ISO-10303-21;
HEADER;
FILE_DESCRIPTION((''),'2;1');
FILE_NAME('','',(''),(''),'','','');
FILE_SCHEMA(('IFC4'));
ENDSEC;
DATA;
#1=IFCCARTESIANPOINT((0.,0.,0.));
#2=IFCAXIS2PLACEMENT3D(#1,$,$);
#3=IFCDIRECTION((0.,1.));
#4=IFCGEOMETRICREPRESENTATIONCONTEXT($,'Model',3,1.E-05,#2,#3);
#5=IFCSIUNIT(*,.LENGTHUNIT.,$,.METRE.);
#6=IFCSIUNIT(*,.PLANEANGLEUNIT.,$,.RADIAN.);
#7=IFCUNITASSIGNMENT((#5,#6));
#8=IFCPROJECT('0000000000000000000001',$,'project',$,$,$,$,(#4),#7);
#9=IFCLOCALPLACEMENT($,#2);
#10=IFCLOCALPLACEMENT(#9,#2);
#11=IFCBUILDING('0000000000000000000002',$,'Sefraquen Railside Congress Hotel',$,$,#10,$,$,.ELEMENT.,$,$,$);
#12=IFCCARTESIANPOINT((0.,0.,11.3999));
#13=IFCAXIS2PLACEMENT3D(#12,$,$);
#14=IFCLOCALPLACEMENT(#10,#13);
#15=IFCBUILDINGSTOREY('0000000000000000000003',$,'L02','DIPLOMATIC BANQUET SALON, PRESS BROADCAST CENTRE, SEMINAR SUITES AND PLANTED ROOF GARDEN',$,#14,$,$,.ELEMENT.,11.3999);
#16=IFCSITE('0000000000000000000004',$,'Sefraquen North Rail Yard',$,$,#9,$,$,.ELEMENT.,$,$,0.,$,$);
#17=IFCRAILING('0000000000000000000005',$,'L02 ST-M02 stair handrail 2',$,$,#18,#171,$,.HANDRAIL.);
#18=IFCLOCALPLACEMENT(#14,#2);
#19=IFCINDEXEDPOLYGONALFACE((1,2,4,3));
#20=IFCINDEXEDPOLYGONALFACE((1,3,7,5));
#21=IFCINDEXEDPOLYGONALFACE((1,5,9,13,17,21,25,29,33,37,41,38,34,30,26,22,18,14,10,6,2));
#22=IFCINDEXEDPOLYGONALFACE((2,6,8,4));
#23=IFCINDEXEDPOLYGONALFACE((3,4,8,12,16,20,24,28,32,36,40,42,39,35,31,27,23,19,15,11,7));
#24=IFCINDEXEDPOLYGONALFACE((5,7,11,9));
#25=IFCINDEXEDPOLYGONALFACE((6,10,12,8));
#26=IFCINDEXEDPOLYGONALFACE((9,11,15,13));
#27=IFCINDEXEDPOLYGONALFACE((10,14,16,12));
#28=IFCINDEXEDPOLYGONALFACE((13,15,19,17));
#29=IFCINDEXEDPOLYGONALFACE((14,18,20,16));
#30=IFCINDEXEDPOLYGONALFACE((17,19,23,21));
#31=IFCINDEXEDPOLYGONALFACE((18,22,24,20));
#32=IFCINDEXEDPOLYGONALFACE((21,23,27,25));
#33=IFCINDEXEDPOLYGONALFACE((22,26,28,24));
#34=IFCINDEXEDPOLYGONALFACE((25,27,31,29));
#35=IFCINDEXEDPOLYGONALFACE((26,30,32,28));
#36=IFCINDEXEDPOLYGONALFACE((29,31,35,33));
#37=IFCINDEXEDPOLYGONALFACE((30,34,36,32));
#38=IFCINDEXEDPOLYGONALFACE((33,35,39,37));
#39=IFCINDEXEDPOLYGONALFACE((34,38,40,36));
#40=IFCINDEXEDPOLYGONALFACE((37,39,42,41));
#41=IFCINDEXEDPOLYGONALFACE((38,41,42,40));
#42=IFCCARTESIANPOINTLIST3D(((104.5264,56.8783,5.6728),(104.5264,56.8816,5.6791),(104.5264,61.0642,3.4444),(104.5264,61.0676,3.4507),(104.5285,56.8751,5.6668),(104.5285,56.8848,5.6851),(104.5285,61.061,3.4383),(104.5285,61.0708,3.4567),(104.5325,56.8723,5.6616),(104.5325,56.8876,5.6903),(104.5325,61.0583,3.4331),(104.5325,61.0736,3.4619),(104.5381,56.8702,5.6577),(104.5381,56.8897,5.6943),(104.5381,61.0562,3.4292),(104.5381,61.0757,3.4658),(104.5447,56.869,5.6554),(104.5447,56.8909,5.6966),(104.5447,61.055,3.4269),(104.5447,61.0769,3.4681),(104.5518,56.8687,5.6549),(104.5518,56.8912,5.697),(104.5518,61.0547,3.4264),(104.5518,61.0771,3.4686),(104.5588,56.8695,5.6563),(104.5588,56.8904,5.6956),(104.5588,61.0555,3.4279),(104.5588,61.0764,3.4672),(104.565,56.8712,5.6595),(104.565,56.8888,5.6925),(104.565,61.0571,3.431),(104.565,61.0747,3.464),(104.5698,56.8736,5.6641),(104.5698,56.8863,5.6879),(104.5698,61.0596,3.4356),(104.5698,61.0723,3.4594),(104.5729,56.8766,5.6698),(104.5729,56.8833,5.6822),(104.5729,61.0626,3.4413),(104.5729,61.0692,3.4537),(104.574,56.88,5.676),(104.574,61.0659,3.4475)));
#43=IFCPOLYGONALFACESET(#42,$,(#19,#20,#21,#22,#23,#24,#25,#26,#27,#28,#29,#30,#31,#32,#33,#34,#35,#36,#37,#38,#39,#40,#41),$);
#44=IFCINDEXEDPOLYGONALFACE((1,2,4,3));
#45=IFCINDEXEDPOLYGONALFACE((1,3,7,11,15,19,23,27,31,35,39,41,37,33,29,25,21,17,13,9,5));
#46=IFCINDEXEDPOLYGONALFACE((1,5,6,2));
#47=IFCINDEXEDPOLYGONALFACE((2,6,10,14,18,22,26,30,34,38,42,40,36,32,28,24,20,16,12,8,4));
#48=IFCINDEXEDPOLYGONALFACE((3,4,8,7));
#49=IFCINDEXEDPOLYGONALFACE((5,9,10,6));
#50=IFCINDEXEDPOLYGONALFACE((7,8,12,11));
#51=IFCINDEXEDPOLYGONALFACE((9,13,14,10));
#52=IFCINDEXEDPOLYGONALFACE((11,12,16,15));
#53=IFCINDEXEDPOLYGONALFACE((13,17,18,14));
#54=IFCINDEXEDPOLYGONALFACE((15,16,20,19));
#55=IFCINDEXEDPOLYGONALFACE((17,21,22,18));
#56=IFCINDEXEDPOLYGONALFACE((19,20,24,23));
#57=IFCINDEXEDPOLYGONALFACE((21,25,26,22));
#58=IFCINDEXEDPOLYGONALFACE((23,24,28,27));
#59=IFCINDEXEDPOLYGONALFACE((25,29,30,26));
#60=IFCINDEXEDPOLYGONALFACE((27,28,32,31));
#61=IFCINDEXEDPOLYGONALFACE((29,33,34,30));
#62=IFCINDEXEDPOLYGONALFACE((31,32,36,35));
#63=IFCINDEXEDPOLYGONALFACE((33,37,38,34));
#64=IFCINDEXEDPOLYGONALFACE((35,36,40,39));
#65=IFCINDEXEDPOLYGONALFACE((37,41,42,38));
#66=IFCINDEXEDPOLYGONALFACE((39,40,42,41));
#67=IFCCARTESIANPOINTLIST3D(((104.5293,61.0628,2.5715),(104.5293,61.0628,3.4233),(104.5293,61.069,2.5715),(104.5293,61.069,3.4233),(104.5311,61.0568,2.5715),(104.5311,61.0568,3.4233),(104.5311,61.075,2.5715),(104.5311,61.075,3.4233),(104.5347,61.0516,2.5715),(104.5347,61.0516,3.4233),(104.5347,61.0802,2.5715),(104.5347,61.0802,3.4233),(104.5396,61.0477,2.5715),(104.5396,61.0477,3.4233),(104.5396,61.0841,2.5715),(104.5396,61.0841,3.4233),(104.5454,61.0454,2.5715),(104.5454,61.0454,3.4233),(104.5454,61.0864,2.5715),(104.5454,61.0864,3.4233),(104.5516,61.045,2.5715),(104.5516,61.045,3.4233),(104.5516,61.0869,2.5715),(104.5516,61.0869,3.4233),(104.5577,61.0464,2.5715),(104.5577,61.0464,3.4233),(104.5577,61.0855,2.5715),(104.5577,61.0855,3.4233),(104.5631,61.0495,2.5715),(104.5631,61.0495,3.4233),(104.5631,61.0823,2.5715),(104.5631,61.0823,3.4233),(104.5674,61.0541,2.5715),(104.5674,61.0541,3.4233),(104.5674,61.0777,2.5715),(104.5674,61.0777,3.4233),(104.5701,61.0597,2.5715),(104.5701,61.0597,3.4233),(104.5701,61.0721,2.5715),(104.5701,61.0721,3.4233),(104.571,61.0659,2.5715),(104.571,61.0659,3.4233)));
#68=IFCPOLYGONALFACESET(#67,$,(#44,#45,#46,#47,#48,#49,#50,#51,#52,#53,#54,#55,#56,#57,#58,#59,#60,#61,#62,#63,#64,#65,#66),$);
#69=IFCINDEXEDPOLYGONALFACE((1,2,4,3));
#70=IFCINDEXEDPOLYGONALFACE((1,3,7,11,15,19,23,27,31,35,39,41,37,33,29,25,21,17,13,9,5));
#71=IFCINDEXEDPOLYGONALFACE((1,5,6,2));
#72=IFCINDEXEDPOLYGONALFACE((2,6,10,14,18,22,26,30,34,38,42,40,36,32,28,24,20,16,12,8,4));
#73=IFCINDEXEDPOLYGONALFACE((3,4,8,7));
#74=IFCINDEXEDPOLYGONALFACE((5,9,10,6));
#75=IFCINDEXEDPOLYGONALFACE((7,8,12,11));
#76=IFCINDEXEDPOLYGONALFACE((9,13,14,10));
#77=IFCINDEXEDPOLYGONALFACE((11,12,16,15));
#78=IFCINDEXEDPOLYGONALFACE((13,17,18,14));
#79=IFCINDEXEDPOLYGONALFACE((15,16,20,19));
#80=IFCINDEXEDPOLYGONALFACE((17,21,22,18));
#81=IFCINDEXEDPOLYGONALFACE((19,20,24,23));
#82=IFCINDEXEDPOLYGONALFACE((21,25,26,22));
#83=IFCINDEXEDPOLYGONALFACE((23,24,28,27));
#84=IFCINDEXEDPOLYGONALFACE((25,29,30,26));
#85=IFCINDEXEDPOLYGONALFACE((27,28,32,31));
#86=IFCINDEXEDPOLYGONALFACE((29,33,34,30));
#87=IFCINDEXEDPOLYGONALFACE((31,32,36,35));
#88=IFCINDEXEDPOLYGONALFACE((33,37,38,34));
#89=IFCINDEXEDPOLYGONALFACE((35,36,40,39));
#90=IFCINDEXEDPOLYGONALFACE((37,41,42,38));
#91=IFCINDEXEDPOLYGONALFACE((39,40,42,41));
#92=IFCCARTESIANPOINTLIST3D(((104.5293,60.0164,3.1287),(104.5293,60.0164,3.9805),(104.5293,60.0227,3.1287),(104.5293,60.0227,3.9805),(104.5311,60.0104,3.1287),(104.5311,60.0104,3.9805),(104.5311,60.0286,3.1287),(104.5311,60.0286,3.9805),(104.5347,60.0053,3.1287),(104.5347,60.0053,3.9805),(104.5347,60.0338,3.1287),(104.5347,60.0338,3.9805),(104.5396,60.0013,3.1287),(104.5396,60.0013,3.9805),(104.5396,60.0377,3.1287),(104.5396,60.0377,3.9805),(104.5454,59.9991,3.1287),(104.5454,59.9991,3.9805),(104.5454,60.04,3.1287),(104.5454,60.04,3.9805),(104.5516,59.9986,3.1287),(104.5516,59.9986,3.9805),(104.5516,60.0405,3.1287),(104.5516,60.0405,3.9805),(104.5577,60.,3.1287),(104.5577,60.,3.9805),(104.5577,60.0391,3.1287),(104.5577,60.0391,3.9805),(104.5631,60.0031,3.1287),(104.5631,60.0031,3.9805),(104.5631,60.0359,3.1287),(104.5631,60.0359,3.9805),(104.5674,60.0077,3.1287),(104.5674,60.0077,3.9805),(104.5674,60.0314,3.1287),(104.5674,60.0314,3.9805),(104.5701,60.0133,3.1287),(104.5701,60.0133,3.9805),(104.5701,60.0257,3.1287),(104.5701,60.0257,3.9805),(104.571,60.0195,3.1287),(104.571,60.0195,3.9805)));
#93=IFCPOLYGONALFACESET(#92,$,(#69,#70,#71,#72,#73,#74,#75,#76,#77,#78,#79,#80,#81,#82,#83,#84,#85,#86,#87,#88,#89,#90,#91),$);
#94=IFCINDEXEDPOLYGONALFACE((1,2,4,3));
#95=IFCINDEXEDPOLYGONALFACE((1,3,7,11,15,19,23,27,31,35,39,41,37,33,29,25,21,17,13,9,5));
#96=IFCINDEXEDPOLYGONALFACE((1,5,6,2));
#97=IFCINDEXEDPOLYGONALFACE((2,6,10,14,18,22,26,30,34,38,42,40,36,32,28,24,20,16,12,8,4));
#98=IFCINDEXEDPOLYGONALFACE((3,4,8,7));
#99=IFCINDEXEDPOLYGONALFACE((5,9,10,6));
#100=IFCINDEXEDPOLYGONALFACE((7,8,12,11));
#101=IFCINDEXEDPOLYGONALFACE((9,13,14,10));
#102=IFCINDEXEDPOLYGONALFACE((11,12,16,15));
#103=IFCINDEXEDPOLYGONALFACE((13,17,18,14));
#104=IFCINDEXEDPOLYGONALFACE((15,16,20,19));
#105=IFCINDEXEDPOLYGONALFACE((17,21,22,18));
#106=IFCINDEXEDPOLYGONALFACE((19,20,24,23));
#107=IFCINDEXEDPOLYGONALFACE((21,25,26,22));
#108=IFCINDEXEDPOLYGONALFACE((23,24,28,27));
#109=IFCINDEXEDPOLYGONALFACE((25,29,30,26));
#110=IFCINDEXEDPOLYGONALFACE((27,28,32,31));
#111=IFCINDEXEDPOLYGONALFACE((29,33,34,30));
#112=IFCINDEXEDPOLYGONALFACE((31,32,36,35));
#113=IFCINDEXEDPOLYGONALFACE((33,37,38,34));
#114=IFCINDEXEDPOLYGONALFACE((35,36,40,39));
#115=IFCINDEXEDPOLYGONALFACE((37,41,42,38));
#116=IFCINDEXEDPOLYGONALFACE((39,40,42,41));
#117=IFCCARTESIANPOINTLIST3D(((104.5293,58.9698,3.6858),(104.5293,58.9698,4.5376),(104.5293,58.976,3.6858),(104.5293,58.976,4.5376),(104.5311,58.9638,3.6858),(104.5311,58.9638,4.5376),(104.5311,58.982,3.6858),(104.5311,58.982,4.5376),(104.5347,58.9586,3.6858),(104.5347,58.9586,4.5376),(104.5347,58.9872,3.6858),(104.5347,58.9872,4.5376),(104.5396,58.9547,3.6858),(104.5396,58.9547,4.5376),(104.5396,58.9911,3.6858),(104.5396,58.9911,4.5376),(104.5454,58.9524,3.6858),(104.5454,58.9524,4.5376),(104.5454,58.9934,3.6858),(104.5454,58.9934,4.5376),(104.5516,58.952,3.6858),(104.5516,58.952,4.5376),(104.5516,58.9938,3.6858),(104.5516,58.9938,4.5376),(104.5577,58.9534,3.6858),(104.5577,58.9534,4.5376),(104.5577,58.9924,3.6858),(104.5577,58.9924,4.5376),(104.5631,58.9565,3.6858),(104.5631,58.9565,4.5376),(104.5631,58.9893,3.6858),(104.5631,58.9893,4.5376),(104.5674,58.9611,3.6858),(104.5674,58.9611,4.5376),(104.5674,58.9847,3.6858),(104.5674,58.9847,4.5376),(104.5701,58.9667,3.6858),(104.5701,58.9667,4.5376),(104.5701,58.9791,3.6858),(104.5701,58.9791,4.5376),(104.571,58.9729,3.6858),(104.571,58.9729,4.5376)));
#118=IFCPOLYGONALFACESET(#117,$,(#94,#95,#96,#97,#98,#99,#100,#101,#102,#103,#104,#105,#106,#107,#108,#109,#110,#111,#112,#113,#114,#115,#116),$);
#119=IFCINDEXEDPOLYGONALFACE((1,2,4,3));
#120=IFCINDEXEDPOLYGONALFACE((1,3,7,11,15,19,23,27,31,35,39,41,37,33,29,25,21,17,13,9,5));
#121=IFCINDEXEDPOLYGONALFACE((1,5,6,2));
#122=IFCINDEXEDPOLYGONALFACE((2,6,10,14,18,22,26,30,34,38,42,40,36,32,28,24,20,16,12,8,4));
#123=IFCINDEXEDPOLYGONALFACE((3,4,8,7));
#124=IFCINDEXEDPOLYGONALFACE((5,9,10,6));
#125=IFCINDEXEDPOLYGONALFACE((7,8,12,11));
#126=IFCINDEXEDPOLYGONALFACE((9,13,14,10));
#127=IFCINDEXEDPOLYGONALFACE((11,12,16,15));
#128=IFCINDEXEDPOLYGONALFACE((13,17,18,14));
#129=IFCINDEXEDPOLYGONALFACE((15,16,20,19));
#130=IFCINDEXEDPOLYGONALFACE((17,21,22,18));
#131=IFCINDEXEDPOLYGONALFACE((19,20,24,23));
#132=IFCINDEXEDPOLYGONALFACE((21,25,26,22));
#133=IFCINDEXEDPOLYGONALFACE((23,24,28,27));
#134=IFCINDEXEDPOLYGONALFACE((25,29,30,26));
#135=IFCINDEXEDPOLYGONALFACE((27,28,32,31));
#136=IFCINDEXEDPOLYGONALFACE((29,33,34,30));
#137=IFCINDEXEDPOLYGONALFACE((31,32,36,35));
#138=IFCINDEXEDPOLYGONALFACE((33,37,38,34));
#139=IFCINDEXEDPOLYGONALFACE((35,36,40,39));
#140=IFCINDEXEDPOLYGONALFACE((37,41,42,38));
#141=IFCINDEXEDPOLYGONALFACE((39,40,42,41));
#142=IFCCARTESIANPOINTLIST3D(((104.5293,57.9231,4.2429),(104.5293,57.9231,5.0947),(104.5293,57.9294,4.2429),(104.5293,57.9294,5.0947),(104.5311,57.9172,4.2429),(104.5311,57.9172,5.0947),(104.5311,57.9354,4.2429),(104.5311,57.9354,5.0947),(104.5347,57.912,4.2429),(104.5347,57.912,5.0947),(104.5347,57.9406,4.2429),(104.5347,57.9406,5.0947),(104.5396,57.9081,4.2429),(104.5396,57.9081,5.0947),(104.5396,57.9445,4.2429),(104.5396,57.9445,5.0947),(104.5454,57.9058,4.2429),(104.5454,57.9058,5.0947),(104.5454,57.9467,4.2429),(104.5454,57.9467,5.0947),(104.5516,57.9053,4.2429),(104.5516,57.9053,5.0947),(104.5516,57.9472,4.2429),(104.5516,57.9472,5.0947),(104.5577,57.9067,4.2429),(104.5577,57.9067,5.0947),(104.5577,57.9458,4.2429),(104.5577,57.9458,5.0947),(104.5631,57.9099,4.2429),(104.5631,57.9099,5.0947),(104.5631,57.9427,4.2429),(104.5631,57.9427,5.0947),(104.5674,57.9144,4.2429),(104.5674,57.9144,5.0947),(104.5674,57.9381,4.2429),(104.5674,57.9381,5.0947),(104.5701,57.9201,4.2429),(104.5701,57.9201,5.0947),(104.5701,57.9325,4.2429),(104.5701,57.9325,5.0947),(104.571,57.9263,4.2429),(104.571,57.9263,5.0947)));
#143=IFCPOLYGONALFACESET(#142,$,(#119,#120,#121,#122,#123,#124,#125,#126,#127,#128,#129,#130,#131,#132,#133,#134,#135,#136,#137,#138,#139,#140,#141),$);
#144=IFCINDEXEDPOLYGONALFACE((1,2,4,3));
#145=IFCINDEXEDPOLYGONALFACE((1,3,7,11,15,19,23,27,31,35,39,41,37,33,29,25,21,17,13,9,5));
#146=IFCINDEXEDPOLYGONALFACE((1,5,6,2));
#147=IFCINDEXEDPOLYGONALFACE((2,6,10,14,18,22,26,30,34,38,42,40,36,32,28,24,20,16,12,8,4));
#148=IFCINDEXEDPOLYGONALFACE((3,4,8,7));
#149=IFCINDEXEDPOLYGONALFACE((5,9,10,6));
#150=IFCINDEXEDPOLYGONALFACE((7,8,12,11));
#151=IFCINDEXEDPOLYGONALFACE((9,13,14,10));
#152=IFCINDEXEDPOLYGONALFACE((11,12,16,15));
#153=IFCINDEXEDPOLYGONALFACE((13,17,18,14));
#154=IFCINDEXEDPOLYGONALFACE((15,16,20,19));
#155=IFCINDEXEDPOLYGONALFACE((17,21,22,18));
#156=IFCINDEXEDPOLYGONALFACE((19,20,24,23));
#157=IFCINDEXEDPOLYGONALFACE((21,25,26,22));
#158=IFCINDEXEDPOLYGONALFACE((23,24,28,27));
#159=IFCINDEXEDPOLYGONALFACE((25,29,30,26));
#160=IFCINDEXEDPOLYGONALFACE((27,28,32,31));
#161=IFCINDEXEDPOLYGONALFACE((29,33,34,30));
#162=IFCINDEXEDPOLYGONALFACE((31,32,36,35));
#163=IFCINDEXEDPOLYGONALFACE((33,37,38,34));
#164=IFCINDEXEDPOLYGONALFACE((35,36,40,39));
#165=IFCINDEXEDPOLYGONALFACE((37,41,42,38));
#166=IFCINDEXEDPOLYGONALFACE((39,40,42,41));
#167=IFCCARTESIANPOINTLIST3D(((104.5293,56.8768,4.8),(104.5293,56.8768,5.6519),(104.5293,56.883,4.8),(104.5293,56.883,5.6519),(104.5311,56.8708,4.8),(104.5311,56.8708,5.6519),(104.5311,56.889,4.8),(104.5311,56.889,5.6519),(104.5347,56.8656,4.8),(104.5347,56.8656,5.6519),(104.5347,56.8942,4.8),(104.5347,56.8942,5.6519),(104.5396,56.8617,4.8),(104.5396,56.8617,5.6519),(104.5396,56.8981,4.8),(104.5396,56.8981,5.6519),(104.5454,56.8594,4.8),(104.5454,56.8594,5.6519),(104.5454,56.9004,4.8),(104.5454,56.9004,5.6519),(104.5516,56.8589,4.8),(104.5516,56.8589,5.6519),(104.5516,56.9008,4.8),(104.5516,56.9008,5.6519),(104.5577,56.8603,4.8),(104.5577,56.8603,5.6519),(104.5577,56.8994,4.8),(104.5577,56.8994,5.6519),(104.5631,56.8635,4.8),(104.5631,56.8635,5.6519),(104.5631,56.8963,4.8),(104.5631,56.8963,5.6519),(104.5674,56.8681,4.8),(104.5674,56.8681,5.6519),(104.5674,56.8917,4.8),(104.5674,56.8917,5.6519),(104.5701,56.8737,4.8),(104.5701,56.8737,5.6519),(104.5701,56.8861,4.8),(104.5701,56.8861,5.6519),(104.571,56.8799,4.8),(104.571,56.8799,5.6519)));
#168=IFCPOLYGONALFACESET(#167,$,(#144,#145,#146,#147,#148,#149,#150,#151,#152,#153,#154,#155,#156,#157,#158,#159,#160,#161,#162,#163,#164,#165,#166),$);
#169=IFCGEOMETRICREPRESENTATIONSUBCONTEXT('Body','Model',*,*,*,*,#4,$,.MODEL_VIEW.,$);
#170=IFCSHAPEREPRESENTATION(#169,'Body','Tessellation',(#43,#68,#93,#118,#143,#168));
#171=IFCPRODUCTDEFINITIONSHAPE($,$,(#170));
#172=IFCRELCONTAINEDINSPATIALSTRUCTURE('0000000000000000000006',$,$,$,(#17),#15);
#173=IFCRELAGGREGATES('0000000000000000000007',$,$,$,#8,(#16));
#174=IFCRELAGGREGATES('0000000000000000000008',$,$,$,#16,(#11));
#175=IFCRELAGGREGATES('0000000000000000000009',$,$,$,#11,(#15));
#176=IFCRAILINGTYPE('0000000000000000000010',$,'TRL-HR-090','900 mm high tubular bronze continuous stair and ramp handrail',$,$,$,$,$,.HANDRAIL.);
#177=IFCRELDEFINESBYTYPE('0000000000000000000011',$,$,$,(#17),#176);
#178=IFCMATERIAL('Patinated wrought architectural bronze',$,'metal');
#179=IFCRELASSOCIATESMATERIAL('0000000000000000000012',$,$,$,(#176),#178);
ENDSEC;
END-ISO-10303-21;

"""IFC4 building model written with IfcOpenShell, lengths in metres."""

from ifc_helpers import new_model, si_unit, direction, frame, origin, origin_2d, place, context, subcontext, project, spatial, circle, extrude, material, type_object, element, save


model = new_model("IFC4")

# Units and contexts
model_context = context("Model", 3, precision=1e-05, world=origin(), true_north=direction((0.0, 1.0)))
body_context = subcontext(model_context, "Body", "Model", "MODEL_VIEW")
ifc_project = project(units=[si_unit("LENGTHUNIT", "METRE"), si_unit("PLANEANGLEUNIT", "RADIAN")], contexts=[model_context])

# Site, building, storey
site_placement = place(None, origin())
site = spatial("IfcSite", under=ifc_project, at=site_placement, Name="Sefraquen North Rail Yard", CompositionType="ELEMENT", RefElevation=0.0)
building_placement = place(site_placement, origin())
building = spatial("IfcBuilding", under=site, at=building_placement, Name="Sefraquen Railside Congress Hotel", CompositionType="ELEMENT")
storey_placement = place(building_placement, frame((0.0, 0.0, 11.3999)))
storey = spatial("IfcBuildingStorey", under=building, at=storey_placement, Name="L02", Description="DIPLOMATIC BANQUET SALON, PRESS BROADCAST CENTRE, SEMINAR SUITES AND PLANTED ROOF GARDEN", CompositionType="ELEMENT", Elevation=11.3999)

# Railing
ifc_material_1 = material(Name="Patinated wrought architectural bronze", Category="metal")
railing_type_1 = type_object("IfcRailingType", Name="TRL-HR-090", Description="900 mm high tubular bronze continuous stair and ramp handrail", PredefinedType="HANDRAIL", material=ifc_material_1)
railing_1_placement = place(storey_placement, frame((104.55, 61.0659, 2.5715)))
element("IfcRailing", 1, at=railing_1_placement, inside=storey, type_object=railing_type_1, Name="L02 ST-M02 stair handrail 2", PredefinedType="HANDRAIL", context=body_context, shape_type="SweptSolid", body=[
    extrude(circle(Radius=0.0239, at=origin_2d()), frame((0.0, 0.0, 0.876), z_axis=(0.0, -0.882706, 0.469925), x_axis=(1.0, 0.0, 0.0)), (0.0, 0.0, 1.0), 4.7422),
    extrude(circle(Radius=0.021, at=origin_2d()), origin(), (0.0, 0.0, 1.0), 0.8518),
    extrude(circle(Radius=0.021, at=origin_2d()), frame((0.0, -1.0464, 0.5571)), (0.0, 0.0, 1.0), 0.8518),
    extrude(circle(Radius=0.021, at=origin_2d()), frame((0.0, -2.093, 1.1143)), (0.0, 0.0, 1.0), 0.8518),
    extrude(circle(Radius=0.021, at=origin_2d()), frame((0.0, -3.1396, 1.6714)), (0.0, 0.0, 1.0), 0.8518),
    extrude(circle(Radius=0.021, at=origin_2d()), frame((0.0, -4.186, 2.2285)), (0.0, 0.0, 1.0), 0.8518),
])

save(model, "model.ifc")
